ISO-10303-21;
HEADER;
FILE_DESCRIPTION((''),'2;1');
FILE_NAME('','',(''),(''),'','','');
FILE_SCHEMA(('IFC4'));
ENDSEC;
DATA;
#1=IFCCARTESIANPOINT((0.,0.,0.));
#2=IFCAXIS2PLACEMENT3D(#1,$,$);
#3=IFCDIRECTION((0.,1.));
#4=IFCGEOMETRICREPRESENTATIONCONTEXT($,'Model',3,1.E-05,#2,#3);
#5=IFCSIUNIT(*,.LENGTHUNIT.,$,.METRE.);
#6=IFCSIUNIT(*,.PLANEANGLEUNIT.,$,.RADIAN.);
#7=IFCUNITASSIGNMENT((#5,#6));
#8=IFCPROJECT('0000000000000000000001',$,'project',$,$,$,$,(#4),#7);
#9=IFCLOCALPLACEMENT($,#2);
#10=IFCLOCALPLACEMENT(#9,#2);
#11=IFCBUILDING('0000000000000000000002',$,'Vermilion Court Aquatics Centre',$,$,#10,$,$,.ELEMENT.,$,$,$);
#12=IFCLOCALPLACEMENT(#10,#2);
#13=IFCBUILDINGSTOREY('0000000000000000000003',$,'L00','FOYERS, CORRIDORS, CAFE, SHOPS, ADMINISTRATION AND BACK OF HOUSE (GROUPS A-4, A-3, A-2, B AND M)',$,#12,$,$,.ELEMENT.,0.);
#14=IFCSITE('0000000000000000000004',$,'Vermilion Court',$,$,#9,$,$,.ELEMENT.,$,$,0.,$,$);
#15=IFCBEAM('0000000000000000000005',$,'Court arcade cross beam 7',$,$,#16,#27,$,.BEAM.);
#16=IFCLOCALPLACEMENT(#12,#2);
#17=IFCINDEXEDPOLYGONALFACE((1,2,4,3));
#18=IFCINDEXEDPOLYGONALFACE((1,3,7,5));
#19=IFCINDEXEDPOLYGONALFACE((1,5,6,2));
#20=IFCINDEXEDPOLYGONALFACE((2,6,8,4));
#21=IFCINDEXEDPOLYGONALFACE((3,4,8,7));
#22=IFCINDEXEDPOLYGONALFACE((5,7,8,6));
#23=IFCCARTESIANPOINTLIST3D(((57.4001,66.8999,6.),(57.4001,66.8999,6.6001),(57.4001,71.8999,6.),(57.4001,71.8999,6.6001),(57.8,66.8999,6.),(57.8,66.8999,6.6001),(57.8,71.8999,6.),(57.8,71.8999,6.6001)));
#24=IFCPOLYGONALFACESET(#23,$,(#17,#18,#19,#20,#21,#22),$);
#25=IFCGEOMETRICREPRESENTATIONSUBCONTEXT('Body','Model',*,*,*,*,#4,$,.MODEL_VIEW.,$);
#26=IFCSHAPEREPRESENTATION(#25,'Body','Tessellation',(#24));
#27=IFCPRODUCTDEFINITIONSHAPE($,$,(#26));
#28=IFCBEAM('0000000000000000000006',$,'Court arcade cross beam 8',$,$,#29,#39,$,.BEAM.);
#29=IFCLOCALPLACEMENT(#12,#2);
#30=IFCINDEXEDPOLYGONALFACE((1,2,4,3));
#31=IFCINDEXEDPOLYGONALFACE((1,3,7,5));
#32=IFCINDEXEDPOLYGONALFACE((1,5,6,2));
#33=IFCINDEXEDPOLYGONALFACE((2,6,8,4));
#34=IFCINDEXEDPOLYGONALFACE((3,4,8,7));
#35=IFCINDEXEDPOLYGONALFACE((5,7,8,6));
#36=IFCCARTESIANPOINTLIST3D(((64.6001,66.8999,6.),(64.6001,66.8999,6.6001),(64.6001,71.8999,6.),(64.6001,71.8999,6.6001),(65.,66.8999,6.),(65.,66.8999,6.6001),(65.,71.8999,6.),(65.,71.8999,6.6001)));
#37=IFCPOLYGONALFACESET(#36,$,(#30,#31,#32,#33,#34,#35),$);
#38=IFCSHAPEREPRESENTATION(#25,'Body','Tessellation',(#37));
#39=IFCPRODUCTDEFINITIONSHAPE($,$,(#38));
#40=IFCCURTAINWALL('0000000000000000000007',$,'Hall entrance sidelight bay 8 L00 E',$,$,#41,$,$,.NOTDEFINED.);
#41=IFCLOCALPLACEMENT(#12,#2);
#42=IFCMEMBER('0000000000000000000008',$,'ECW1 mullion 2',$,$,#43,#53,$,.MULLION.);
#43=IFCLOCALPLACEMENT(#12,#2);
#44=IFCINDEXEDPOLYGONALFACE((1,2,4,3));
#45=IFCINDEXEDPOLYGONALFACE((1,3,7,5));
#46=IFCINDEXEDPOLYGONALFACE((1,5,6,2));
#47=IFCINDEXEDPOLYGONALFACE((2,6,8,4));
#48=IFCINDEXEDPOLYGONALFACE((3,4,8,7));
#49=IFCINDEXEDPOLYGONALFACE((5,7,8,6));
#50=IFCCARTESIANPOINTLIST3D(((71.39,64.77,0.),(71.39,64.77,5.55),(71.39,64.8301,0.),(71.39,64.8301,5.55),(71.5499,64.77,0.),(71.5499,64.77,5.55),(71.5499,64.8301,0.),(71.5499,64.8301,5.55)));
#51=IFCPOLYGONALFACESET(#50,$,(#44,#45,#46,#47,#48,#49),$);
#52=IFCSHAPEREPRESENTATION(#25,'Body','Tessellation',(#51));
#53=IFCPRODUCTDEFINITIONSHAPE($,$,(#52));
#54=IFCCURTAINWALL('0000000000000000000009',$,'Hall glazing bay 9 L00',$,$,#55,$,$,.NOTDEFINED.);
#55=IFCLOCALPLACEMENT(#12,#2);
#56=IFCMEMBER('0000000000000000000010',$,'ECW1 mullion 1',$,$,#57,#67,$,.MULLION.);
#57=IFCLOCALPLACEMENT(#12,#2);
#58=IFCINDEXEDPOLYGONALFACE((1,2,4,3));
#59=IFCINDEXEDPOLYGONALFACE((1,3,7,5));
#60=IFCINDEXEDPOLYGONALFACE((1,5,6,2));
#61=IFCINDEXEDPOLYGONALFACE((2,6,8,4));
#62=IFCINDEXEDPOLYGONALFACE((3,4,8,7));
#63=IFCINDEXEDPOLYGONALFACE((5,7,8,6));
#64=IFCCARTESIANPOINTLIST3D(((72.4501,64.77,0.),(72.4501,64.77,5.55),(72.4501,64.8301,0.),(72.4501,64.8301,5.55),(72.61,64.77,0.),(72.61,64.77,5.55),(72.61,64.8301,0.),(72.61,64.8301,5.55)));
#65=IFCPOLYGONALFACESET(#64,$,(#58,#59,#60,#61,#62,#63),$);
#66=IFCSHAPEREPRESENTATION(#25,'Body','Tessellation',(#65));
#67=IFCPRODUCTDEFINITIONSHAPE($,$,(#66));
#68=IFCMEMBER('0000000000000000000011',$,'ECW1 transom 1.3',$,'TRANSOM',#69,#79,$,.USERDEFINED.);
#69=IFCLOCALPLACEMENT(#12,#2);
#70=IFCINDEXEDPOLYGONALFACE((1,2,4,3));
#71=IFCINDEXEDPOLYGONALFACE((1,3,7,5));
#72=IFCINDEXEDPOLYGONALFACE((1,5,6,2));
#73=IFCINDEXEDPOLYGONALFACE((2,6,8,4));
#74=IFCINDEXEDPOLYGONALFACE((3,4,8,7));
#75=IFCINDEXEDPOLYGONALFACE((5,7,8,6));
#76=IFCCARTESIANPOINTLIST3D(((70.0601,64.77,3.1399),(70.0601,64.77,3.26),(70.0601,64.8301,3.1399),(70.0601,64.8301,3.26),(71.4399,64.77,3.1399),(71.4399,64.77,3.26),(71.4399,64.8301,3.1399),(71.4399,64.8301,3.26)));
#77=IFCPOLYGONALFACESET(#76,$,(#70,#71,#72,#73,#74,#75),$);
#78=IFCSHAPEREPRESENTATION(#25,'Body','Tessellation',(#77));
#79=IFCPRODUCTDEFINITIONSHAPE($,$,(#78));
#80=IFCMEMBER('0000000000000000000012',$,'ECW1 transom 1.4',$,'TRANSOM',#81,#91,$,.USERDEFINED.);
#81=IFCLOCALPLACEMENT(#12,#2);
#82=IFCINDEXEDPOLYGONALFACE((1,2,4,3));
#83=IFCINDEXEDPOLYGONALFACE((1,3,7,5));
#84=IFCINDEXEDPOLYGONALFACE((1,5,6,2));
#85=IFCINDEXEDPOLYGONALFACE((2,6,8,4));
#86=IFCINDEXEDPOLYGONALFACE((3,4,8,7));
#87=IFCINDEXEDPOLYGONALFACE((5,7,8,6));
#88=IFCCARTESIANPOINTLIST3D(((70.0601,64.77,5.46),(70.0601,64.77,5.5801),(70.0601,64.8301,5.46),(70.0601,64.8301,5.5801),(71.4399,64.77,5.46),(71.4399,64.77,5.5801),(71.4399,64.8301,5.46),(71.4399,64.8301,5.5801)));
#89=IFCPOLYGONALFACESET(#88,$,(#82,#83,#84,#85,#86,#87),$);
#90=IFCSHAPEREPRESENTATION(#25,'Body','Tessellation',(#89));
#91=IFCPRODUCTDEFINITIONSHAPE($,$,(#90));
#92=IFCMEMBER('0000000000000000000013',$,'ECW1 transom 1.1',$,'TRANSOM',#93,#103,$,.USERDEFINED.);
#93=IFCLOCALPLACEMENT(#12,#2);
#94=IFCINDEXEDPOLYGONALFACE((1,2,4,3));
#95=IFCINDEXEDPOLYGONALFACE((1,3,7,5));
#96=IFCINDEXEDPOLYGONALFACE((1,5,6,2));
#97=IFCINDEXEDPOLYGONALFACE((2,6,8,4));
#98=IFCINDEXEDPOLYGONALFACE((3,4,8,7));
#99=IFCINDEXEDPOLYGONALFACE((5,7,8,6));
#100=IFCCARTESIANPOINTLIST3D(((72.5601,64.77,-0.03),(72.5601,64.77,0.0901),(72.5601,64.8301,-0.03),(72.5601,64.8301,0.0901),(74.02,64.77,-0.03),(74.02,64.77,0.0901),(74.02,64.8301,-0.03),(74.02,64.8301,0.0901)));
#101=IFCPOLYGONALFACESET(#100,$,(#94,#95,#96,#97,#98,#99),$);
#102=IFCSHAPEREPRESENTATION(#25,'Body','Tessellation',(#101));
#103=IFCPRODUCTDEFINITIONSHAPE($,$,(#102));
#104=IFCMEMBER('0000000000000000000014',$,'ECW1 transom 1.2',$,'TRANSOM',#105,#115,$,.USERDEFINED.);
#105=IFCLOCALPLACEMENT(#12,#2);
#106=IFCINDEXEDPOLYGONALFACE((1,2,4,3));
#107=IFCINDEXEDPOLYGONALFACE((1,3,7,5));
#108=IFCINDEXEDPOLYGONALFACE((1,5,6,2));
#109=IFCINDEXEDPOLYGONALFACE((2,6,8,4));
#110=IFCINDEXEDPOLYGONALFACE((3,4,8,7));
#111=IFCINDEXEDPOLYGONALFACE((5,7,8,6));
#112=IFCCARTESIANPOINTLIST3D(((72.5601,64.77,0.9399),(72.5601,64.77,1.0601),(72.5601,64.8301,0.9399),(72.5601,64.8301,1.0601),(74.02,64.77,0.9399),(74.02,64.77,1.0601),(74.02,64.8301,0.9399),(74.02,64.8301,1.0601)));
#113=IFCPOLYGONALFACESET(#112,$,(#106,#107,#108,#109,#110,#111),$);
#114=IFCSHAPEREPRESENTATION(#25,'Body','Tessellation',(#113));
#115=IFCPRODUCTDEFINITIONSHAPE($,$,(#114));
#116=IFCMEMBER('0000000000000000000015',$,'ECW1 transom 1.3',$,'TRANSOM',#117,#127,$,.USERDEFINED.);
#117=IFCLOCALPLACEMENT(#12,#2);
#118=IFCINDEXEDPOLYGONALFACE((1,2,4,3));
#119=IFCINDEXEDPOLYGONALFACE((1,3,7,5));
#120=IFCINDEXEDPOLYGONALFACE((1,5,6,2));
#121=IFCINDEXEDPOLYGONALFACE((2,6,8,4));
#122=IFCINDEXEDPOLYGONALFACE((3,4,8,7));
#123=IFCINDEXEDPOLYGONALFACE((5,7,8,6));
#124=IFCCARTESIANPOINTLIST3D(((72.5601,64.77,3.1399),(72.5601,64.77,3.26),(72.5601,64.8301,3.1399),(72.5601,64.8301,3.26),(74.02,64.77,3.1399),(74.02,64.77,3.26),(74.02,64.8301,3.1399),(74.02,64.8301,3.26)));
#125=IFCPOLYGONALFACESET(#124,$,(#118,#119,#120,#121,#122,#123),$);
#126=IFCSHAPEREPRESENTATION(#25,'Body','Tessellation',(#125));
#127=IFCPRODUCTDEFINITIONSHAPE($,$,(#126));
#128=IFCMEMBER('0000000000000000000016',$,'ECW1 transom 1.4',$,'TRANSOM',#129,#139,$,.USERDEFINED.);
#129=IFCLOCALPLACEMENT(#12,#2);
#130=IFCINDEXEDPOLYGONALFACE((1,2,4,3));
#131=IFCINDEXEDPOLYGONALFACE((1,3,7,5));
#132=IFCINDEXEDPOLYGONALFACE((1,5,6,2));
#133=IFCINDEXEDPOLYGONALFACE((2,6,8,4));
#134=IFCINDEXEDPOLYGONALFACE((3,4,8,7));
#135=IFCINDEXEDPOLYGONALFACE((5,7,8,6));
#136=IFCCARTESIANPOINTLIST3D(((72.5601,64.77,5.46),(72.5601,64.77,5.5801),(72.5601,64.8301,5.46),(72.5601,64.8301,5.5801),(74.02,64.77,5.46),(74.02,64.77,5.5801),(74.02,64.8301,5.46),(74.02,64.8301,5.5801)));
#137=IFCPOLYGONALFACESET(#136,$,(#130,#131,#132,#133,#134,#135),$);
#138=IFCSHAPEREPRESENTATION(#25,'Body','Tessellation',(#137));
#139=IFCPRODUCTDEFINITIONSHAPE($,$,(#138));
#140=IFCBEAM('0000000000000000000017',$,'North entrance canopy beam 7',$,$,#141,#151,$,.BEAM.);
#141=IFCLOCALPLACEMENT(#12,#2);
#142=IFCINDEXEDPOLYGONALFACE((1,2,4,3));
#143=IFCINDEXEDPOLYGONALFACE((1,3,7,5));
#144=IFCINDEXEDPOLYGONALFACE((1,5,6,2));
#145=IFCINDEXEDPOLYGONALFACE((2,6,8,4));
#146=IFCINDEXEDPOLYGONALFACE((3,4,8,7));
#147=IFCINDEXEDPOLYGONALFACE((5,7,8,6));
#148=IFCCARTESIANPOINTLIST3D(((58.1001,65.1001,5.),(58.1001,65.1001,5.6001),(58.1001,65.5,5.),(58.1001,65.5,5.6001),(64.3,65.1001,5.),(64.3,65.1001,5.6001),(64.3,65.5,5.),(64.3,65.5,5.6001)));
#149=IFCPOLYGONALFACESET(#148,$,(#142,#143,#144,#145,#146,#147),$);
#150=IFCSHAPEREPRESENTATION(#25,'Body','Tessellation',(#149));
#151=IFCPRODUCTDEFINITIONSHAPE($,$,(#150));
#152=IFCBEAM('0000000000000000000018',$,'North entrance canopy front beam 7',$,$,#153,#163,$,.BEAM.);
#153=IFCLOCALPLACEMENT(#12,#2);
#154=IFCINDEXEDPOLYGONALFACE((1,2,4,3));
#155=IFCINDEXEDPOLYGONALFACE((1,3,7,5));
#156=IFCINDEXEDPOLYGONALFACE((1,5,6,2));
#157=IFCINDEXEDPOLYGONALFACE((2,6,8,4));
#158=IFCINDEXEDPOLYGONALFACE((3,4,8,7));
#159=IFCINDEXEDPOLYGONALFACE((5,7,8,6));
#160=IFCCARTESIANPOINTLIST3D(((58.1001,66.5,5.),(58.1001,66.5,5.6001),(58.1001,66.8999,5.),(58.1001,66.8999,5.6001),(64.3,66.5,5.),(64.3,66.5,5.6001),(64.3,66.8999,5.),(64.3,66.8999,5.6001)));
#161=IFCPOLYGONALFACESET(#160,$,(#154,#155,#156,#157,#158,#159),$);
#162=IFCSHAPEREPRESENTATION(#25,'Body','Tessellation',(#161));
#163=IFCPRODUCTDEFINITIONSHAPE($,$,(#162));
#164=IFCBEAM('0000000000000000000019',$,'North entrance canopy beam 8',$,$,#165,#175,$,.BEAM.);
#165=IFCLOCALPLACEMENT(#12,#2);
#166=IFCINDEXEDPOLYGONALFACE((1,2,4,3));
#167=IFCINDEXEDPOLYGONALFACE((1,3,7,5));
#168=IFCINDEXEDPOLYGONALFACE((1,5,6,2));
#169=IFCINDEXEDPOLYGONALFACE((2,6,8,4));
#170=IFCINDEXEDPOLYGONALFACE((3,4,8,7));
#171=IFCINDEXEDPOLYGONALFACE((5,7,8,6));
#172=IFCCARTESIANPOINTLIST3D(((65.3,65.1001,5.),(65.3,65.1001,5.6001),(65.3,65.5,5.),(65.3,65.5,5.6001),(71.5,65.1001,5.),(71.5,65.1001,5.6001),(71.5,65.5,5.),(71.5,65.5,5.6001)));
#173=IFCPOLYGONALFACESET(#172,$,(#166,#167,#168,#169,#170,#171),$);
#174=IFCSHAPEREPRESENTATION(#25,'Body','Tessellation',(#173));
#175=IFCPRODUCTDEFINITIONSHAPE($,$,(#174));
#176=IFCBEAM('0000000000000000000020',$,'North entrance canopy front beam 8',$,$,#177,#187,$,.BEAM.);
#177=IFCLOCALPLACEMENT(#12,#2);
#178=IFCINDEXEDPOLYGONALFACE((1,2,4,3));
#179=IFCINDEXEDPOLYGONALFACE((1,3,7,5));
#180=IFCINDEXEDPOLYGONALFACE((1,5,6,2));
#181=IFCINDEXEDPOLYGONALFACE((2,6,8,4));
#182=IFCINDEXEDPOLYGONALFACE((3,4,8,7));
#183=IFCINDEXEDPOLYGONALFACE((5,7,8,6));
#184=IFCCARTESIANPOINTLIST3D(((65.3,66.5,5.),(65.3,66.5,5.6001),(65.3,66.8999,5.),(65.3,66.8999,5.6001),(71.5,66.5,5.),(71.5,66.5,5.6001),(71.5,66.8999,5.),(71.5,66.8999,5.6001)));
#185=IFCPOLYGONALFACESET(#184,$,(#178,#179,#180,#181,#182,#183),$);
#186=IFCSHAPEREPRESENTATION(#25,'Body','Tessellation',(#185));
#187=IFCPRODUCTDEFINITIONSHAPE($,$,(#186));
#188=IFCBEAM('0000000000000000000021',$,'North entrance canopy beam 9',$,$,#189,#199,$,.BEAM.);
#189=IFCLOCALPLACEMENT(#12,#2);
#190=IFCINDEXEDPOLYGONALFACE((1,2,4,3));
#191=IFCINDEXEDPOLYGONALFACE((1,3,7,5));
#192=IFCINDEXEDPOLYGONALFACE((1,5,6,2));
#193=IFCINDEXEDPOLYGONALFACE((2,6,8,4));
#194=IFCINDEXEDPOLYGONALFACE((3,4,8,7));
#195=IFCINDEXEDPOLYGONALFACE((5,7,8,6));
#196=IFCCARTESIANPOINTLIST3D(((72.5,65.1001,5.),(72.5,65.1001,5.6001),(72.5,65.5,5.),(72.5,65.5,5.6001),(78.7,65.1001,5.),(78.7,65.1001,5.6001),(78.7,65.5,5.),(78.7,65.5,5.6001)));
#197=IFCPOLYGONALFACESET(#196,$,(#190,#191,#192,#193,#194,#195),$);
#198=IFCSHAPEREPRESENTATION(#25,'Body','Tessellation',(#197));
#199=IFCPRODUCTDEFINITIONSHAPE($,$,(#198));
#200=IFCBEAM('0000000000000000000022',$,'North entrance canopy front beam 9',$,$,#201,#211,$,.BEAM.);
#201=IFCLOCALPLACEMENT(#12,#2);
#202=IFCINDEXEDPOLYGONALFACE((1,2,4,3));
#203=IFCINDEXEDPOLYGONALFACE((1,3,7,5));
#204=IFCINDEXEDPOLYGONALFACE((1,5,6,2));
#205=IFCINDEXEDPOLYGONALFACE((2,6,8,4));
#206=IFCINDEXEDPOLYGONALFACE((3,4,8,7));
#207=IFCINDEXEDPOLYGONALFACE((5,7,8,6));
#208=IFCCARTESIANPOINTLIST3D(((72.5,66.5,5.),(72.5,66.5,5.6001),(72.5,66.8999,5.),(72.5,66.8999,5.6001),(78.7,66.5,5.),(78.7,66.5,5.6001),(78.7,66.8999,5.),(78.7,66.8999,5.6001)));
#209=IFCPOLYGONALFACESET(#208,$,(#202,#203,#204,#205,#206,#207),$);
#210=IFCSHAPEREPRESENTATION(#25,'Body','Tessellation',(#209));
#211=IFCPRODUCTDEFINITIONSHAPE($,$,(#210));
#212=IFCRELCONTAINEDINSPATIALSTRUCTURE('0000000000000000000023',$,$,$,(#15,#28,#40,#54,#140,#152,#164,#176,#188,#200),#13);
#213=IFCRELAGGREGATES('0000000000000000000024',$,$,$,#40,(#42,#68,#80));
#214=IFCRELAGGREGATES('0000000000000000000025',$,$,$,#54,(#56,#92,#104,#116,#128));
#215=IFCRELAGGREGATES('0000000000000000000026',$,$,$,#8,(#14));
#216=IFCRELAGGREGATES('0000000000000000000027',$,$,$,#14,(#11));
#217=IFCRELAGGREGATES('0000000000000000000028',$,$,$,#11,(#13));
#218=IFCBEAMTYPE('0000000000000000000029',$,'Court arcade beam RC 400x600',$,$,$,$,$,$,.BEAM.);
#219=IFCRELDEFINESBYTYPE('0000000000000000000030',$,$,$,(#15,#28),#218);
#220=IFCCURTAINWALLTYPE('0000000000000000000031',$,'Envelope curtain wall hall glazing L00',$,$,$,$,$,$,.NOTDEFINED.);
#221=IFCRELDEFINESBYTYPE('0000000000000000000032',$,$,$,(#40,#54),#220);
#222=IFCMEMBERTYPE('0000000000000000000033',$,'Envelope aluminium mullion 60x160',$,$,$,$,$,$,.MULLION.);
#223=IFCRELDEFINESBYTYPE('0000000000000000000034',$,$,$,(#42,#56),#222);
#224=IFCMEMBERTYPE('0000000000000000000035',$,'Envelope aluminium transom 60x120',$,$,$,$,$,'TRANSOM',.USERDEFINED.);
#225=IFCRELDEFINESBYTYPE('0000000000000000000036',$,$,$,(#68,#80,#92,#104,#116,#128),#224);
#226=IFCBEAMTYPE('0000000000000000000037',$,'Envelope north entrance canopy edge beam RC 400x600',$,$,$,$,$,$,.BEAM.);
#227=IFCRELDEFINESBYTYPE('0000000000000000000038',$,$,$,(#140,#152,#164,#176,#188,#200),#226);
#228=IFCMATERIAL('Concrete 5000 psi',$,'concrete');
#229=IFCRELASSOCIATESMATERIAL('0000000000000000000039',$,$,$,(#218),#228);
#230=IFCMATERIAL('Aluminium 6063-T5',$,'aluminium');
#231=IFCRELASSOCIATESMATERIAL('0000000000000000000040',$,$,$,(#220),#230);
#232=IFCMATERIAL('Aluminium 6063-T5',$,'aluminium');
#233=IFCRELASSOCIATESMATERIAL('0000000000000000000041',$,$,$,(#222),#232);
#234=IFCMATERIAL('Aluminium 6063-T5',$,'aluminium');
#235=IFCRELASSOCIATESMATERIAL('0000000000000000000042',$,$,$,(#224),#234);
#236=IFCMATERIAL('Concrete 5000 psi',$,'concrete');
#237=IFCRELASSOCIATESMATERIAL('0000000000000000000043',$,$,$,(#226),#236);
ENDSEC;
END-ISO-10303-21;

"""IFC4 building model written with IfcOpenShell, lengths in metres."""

from ifc_helpers import new_model, si_unit, direction, frame, origin, origin_2d, place, context, subcontext, project, spatial, rectangle, extrude, material, material_profile, profile_set, type_object, element, aggregate, save


model = new_model("IFC4")

# Units and contexts
model_context = context("Model", 3, precision=1e-05, world=origin(), true_north=direction((0.0, 1.0)))
body_context = subcontext(model_context, "Body", "Model", "MODEL_VIEW")
ifc_project = project(units=[si_unit("LENGTHUNIT", "METRE"), si_unit("PLANEANGLEUNIT", "RADIAN")], contexts=[model_context])

# Site, building, storey
site_placement = place(None, origin())
site = spatial("IfcSite", under=ifc_project, at=site_placement, Name="Vermilion Court", CompositionType="ELEMENT", RefElevation=0.0)
building_placement = place(site_placement, origin())
building = spatial("IfcBuilding", under=site, at=building_placement, Name="Vermilion Court Aquatics Centre", CompositionType="ELEMENT")
storey_placement = place(building_placement, origin())
storey = spatial("IfcBuildingStorey", under=building, at=storey_placement, Name="L00", Description="FOYERS, CORRIDORS, CAFE, SHOPS, ADMINISTRATION AND BACK OF HOUSE (GROUPS A-4, A-3, A-2, B AND M)", CompositionType="ELEMENT", Elevation=0.0)

# Beams
ifc_material_1 = material(Name="Concrete 5000 psi", Category="concrete")
ifc_material_profile_1 = material_profile(ifc_material_1, rectangle(XDim=0.3999, YDim=0.6001, at=origin_2d()), Name="RC 400x600")
ifc_profile_set_1 = profile_set([ifc_material_profile_1], Name="Concrete 5000 psi")
beam_type_1 = type_object("IfcBeamType", Name="Court arcade beam RC 400x600", PredefinedType="BEAM", material=ifc_profile_set_1)
for number, where, z_axis, x_axis, name in (
    (1, (57.6001, 66.8999, 6.3), (0.0, 1.0, 0.0), (-1.0, 0.0, 0.0), "Court arcade cross beam 7"),
    (2, (64.8, 66.8999, 6.3), (0.0, 1.0, 0.0), (-1.0, 0.0, 0.0), "Court arcade cross beam 8"),
):
    element("IfcBeam", number, at=place(storey_placement, frame(where, z_axis=z_axis, x_axis=x_axis)), inside=storey, type_object=beam_type_1, Name=name, PredefinedType="BEAM", context=body_context, shape_type="SweptSolid", body=[
        extrude(rectangle(XDim=0.3999, YDim=0.6001, at=origin_2d()), origin(), (0.0, 0.0, 1.0), 5.0),
    ])

# Curtain walls, members
ifc_material_2 = material(Name="Aluminium 6063-T5", Category="aluminium")
curtain_wall_type = type_object("IfcCurtainWallType", Name="Envelope curtain wall hall glazing L00", PredefinedType="NOTDEFINED", material=ifc_material_2)
curtain_wall_1_placement = place(storey_placement, origin())
curtain_wall_1 = element("IfcCurtainWall", 3, at=curtain_wall_1_placement, inside=storey, type_object=curtain_wall_type, Name="Hall entrance sidelight bay 8 L00 E", PredefinedType="NOTDEFINED")
ifc_material_3 = material(Name="Aluminium 6063-T5", Category="aluminium")
ifc_material_profile_2 = material_profile(ifc_material_3, rectangle(XDim=0.0601, YDim=0.1599, at=origin_2d()), Name="AL 60x160")
ifc_profile_set_2 = profile_set([ifc_material_profile_2], Name="Aluminium 6063-T5")
member_type_1 = type_object("IfcMemberType", Name="Envelope aluminium mullion 60x160", PredefinedType="MULLION", material=ifc_profile_set_2)
member_1_placement = place(storey_placement, frame((71.47, 64.8, 0.0), z_axis=(0.0, 0.0, 1.0), x_axis=(0.0, 1.0, 0.0)))
member_1 = element("IfcMember", 4, at=member_1_placement, type_object=member_type_1, Name="ECW1 mullion 2", PredefinedType="MULLION", context=body_context, shape_type="SweptSolid", body=[
    extrude(rectangle(XDim=0.0601, YDim=0.1599, at=origin_2d()), origin(), (0.0, 0.0, 1.0), 5.55),
])
curtain_wall_2_placement = place(storey_placement, origin())
curtain_wall_2 = element("IfcCurtainWall", 5, at=curtain_wall_2_placement, inside=storey, type_object=curtain_wall_type, Name="Hall glazing bay 9 L00", PredefinedType="NOTDEFINED")
member_2_placement = place(storey_placement, frame((72.53, 64.8, 0.0), z_axis=(0.0, 0.0, 1.0), x_axis=(0.0, 1.0, 0.0)))
member_2 = element("IfcMember", 6, at=member_2_placement, type_object=member_type_1, Name="ECW1 mullion 1", PredefinedType="MULLION", context=body_context, shape_type="SweptSolid", body=[
    extrude(rectangle(XDim=0.0601, YDim=0.1599, at=origin_2d()), origin(), (0.0, 0.0, 1.0), 5.55),
])

# Members
ifc_material_4 = material(Name="Aluminium 6063-T5", Category="aluminium")
ifc_material_profile_3 = material_profile(ifc_material_4, rectangle(XDim=0.0601, YDim=0.1201, at=origin_2d()), Name="AL 60x120")
ifc_profile_set_3 = profile_set([ifc_material_profile_3], Name="Aluminium 6063-T5")
member_type_2 = type_object("IfcMemberType", Name="Envelope aluminium transom 60x120", ElementType="TRANSOM", PredefinedType="USERDEFINED", material=ifc_profile_set_3)
member_3_placement = place(storey_placement, frame((70.0601, 64.8, 3.2), z_axis=(1.0, 0.0, 0.0), x_axis=(0.0, 1.0, 0.0)))
member_3 = element("IfcMember", 7, at=member_3_placement, type_object=member_type_2, Name="ECW1 transom 1.3", ObjectType="TRANSOM", PredefinedType="USERDEFINED", context=body_context, shape_type="SweptSolid", body=[
    extrude(rectangle(XDim=0.0601, YDim=0.1201, at=origin_2d()), origin(), (0.0, 0.0, 1.0), 1.3799),
])
member_4_placement = place(storey_placement, frame((70.0601, 64.8, 5.52), z_axis=(1.0, 0.0, 0.0), x_axis=(0.0, 1.0, 0.0)))
member_4 = element("IfcMember", 8, at=member_4_placement, type_object=member_type_2, Name="ECW1 transom 1.4", ObjectType="TRANSOM", PredefinedType="USERDEFINED", context=body_context, shape_type="SweptSolid", body=[
    extrude(rectangle(XDim=0.0601, YDim=0.1201, at=origin_2d()), origin(), (0.0, 0.0, 1.0), 1.3799),
])
member_5_placement = place(storey_placement, frame((72.5601, 64.8, 0.03), z_axis=(1.0, 0.0, 0.0), x_axis=(0.0, 1.0, 0.0)))
member_5 = element("IfcMember", 9, at=member_5_placement, type_object=member_type_2, Name="ECW1 transom 1.1", ObjectType="TRANSOM", PredefinedType="USERDEFINED", context=body_context, shape_type="SweptSolid", body=[
    extrude(rectangle(XDim=0.0601, YDim=0.1201, at=origin_2d()), origin(), (0.0, 0.0, 1.0), 1.46),
])
member_6_placement = place(storey_placement, frame((72.5601, 64.8, 1.0), z_axis=(1.0, 0.0, 0.0), x_axis=(0.0, 1.0, 0.0)))
member_6 = element("IfcMember", 10, at=member_6_placement, type_object=member_type_2, Name="ECW1 transom 1.2", ObjectType="TRANSOM", PredefinedType="USERDEFINED", context=body_context, shape_type="SweptSolid", body=[
    extrude(rectangle(XDim=0.0601, YDim=0.1201, at=origin_2d()), origin(), (0.0, 0.0, 1.0), 1.46),
])
member_7_placement = place(storey_placement, frame((72.5601, 64.8, 3.2), z_axis=(1.0, 0.0, 0.0), x_axis=(0.0, 1.0, 0.0)))
member_7 = element("IfcMember", 11, at=member_7_placement, type_object=member_type_2, Name="ECW1 transom 1.3", ObjectType="TRANSOM", PredefinedType="USERDEFINED", context=body_context, shape_type="SweptSolid", body=[
    extrude(rectangle(XDim=0.0601, YDim=0.1201, at=origin_2d()), origin(), (0.0, 0.0, 1.0), 1.46),
])
member_8_placement = place(storey_placement, frame((72.5601, 64.8, 5.52), z_axis=(1.0, 0.0, 0.0), x_axis=(0.0, 1.0, 0.0)))
member_8 = element("IfcMember", 12, at=member_8_placement, type_object=member_type_2, Name="ECW1 transom 1.4", ObjectType="TRANSOM", PredefinedType="USERDEFINED", context=body_context, shape_type="SweptSolid", body=[
    extrude(rectangle(XDim=0.0601, YDim=0.1201, at=origin_2d()), origin(), (0.0, 0.0, 1.0), 1.46),
])

# Beams
ifc_material_5 = material(Name="Concrete 5000 psi", Category="concrete")
ifc_material_profile_4 = material_profile(ifc_material_5, rectangle(XDim=0.3999, YDim=0.6001, at=origin_2d()), Name="RC 400x600")
ifc_profile_set_4 = profile_set([ifc_material_profile_4], Name="Concrete 5000 psi")
beam_type_2 = type_object("IfcBeamType", Name="Envelope north entrance canopy edge beam RC 400x600", PredefinedType="BEAM", material=ifc_profile_set_4)
for number, where, z_axis, x_axis, name in (
    (13, (58.1001, 65.3, 5.3), (1.0, 0.0, 0.0), (0.0, 1.0, 0.0), "North entrance canopy beam 7"),
    (14, (58.1001, 66.7, 5.3), (1.0, 0.0, 0.0), (0.0, 1.0, 0.0), "North entrance canopy front beam 7"),
    (15, (65.3, 65.3, 5.3), (1.0, 0.0, 0.0), (0.0, 1.0, 0.0), "North entrance canopy beam 8"),
    (16, (65.3, 66.7, 5.3), (1.0, 0.0, 0.0), (0.0, 1.0, 0.0), "North entrance canopy front beam 8"),
    (17, (72.5, 65.3, 5.3), (1.0, 0.0, 0.0), (0.0, 1.0, 0.0), "North entrance canopy beam 9"),
    (18, (72.5, 66.7, 5.3), (1.0, 0.0, 0.0), (0.0, 1.0, 0.0), "North entrance canopy front beam 9"),
):
    element("IfcBeam", number, at=place(storey_placement, frame(where, z_axis=z_axis, x_axis=x_axis)), inside=storey, type_object=beam_type_2, Name=name, PredefinedType="BEAM", context=body_context, shape_type="SweptSolid", body=[
        extrude(rectangle(XDim=0.3999, YDim=0.6001, at=origin_2d()), origin(), (0.0, 0.0, 1.0), 6.2),
    ])

aggregate(curtain_wall_1, [member_1, member_3, member_4])
aggregate(curtain_wall_2, [member_2, member_5, member_6, member_7, member_8])

save(model, "model.ifc")
